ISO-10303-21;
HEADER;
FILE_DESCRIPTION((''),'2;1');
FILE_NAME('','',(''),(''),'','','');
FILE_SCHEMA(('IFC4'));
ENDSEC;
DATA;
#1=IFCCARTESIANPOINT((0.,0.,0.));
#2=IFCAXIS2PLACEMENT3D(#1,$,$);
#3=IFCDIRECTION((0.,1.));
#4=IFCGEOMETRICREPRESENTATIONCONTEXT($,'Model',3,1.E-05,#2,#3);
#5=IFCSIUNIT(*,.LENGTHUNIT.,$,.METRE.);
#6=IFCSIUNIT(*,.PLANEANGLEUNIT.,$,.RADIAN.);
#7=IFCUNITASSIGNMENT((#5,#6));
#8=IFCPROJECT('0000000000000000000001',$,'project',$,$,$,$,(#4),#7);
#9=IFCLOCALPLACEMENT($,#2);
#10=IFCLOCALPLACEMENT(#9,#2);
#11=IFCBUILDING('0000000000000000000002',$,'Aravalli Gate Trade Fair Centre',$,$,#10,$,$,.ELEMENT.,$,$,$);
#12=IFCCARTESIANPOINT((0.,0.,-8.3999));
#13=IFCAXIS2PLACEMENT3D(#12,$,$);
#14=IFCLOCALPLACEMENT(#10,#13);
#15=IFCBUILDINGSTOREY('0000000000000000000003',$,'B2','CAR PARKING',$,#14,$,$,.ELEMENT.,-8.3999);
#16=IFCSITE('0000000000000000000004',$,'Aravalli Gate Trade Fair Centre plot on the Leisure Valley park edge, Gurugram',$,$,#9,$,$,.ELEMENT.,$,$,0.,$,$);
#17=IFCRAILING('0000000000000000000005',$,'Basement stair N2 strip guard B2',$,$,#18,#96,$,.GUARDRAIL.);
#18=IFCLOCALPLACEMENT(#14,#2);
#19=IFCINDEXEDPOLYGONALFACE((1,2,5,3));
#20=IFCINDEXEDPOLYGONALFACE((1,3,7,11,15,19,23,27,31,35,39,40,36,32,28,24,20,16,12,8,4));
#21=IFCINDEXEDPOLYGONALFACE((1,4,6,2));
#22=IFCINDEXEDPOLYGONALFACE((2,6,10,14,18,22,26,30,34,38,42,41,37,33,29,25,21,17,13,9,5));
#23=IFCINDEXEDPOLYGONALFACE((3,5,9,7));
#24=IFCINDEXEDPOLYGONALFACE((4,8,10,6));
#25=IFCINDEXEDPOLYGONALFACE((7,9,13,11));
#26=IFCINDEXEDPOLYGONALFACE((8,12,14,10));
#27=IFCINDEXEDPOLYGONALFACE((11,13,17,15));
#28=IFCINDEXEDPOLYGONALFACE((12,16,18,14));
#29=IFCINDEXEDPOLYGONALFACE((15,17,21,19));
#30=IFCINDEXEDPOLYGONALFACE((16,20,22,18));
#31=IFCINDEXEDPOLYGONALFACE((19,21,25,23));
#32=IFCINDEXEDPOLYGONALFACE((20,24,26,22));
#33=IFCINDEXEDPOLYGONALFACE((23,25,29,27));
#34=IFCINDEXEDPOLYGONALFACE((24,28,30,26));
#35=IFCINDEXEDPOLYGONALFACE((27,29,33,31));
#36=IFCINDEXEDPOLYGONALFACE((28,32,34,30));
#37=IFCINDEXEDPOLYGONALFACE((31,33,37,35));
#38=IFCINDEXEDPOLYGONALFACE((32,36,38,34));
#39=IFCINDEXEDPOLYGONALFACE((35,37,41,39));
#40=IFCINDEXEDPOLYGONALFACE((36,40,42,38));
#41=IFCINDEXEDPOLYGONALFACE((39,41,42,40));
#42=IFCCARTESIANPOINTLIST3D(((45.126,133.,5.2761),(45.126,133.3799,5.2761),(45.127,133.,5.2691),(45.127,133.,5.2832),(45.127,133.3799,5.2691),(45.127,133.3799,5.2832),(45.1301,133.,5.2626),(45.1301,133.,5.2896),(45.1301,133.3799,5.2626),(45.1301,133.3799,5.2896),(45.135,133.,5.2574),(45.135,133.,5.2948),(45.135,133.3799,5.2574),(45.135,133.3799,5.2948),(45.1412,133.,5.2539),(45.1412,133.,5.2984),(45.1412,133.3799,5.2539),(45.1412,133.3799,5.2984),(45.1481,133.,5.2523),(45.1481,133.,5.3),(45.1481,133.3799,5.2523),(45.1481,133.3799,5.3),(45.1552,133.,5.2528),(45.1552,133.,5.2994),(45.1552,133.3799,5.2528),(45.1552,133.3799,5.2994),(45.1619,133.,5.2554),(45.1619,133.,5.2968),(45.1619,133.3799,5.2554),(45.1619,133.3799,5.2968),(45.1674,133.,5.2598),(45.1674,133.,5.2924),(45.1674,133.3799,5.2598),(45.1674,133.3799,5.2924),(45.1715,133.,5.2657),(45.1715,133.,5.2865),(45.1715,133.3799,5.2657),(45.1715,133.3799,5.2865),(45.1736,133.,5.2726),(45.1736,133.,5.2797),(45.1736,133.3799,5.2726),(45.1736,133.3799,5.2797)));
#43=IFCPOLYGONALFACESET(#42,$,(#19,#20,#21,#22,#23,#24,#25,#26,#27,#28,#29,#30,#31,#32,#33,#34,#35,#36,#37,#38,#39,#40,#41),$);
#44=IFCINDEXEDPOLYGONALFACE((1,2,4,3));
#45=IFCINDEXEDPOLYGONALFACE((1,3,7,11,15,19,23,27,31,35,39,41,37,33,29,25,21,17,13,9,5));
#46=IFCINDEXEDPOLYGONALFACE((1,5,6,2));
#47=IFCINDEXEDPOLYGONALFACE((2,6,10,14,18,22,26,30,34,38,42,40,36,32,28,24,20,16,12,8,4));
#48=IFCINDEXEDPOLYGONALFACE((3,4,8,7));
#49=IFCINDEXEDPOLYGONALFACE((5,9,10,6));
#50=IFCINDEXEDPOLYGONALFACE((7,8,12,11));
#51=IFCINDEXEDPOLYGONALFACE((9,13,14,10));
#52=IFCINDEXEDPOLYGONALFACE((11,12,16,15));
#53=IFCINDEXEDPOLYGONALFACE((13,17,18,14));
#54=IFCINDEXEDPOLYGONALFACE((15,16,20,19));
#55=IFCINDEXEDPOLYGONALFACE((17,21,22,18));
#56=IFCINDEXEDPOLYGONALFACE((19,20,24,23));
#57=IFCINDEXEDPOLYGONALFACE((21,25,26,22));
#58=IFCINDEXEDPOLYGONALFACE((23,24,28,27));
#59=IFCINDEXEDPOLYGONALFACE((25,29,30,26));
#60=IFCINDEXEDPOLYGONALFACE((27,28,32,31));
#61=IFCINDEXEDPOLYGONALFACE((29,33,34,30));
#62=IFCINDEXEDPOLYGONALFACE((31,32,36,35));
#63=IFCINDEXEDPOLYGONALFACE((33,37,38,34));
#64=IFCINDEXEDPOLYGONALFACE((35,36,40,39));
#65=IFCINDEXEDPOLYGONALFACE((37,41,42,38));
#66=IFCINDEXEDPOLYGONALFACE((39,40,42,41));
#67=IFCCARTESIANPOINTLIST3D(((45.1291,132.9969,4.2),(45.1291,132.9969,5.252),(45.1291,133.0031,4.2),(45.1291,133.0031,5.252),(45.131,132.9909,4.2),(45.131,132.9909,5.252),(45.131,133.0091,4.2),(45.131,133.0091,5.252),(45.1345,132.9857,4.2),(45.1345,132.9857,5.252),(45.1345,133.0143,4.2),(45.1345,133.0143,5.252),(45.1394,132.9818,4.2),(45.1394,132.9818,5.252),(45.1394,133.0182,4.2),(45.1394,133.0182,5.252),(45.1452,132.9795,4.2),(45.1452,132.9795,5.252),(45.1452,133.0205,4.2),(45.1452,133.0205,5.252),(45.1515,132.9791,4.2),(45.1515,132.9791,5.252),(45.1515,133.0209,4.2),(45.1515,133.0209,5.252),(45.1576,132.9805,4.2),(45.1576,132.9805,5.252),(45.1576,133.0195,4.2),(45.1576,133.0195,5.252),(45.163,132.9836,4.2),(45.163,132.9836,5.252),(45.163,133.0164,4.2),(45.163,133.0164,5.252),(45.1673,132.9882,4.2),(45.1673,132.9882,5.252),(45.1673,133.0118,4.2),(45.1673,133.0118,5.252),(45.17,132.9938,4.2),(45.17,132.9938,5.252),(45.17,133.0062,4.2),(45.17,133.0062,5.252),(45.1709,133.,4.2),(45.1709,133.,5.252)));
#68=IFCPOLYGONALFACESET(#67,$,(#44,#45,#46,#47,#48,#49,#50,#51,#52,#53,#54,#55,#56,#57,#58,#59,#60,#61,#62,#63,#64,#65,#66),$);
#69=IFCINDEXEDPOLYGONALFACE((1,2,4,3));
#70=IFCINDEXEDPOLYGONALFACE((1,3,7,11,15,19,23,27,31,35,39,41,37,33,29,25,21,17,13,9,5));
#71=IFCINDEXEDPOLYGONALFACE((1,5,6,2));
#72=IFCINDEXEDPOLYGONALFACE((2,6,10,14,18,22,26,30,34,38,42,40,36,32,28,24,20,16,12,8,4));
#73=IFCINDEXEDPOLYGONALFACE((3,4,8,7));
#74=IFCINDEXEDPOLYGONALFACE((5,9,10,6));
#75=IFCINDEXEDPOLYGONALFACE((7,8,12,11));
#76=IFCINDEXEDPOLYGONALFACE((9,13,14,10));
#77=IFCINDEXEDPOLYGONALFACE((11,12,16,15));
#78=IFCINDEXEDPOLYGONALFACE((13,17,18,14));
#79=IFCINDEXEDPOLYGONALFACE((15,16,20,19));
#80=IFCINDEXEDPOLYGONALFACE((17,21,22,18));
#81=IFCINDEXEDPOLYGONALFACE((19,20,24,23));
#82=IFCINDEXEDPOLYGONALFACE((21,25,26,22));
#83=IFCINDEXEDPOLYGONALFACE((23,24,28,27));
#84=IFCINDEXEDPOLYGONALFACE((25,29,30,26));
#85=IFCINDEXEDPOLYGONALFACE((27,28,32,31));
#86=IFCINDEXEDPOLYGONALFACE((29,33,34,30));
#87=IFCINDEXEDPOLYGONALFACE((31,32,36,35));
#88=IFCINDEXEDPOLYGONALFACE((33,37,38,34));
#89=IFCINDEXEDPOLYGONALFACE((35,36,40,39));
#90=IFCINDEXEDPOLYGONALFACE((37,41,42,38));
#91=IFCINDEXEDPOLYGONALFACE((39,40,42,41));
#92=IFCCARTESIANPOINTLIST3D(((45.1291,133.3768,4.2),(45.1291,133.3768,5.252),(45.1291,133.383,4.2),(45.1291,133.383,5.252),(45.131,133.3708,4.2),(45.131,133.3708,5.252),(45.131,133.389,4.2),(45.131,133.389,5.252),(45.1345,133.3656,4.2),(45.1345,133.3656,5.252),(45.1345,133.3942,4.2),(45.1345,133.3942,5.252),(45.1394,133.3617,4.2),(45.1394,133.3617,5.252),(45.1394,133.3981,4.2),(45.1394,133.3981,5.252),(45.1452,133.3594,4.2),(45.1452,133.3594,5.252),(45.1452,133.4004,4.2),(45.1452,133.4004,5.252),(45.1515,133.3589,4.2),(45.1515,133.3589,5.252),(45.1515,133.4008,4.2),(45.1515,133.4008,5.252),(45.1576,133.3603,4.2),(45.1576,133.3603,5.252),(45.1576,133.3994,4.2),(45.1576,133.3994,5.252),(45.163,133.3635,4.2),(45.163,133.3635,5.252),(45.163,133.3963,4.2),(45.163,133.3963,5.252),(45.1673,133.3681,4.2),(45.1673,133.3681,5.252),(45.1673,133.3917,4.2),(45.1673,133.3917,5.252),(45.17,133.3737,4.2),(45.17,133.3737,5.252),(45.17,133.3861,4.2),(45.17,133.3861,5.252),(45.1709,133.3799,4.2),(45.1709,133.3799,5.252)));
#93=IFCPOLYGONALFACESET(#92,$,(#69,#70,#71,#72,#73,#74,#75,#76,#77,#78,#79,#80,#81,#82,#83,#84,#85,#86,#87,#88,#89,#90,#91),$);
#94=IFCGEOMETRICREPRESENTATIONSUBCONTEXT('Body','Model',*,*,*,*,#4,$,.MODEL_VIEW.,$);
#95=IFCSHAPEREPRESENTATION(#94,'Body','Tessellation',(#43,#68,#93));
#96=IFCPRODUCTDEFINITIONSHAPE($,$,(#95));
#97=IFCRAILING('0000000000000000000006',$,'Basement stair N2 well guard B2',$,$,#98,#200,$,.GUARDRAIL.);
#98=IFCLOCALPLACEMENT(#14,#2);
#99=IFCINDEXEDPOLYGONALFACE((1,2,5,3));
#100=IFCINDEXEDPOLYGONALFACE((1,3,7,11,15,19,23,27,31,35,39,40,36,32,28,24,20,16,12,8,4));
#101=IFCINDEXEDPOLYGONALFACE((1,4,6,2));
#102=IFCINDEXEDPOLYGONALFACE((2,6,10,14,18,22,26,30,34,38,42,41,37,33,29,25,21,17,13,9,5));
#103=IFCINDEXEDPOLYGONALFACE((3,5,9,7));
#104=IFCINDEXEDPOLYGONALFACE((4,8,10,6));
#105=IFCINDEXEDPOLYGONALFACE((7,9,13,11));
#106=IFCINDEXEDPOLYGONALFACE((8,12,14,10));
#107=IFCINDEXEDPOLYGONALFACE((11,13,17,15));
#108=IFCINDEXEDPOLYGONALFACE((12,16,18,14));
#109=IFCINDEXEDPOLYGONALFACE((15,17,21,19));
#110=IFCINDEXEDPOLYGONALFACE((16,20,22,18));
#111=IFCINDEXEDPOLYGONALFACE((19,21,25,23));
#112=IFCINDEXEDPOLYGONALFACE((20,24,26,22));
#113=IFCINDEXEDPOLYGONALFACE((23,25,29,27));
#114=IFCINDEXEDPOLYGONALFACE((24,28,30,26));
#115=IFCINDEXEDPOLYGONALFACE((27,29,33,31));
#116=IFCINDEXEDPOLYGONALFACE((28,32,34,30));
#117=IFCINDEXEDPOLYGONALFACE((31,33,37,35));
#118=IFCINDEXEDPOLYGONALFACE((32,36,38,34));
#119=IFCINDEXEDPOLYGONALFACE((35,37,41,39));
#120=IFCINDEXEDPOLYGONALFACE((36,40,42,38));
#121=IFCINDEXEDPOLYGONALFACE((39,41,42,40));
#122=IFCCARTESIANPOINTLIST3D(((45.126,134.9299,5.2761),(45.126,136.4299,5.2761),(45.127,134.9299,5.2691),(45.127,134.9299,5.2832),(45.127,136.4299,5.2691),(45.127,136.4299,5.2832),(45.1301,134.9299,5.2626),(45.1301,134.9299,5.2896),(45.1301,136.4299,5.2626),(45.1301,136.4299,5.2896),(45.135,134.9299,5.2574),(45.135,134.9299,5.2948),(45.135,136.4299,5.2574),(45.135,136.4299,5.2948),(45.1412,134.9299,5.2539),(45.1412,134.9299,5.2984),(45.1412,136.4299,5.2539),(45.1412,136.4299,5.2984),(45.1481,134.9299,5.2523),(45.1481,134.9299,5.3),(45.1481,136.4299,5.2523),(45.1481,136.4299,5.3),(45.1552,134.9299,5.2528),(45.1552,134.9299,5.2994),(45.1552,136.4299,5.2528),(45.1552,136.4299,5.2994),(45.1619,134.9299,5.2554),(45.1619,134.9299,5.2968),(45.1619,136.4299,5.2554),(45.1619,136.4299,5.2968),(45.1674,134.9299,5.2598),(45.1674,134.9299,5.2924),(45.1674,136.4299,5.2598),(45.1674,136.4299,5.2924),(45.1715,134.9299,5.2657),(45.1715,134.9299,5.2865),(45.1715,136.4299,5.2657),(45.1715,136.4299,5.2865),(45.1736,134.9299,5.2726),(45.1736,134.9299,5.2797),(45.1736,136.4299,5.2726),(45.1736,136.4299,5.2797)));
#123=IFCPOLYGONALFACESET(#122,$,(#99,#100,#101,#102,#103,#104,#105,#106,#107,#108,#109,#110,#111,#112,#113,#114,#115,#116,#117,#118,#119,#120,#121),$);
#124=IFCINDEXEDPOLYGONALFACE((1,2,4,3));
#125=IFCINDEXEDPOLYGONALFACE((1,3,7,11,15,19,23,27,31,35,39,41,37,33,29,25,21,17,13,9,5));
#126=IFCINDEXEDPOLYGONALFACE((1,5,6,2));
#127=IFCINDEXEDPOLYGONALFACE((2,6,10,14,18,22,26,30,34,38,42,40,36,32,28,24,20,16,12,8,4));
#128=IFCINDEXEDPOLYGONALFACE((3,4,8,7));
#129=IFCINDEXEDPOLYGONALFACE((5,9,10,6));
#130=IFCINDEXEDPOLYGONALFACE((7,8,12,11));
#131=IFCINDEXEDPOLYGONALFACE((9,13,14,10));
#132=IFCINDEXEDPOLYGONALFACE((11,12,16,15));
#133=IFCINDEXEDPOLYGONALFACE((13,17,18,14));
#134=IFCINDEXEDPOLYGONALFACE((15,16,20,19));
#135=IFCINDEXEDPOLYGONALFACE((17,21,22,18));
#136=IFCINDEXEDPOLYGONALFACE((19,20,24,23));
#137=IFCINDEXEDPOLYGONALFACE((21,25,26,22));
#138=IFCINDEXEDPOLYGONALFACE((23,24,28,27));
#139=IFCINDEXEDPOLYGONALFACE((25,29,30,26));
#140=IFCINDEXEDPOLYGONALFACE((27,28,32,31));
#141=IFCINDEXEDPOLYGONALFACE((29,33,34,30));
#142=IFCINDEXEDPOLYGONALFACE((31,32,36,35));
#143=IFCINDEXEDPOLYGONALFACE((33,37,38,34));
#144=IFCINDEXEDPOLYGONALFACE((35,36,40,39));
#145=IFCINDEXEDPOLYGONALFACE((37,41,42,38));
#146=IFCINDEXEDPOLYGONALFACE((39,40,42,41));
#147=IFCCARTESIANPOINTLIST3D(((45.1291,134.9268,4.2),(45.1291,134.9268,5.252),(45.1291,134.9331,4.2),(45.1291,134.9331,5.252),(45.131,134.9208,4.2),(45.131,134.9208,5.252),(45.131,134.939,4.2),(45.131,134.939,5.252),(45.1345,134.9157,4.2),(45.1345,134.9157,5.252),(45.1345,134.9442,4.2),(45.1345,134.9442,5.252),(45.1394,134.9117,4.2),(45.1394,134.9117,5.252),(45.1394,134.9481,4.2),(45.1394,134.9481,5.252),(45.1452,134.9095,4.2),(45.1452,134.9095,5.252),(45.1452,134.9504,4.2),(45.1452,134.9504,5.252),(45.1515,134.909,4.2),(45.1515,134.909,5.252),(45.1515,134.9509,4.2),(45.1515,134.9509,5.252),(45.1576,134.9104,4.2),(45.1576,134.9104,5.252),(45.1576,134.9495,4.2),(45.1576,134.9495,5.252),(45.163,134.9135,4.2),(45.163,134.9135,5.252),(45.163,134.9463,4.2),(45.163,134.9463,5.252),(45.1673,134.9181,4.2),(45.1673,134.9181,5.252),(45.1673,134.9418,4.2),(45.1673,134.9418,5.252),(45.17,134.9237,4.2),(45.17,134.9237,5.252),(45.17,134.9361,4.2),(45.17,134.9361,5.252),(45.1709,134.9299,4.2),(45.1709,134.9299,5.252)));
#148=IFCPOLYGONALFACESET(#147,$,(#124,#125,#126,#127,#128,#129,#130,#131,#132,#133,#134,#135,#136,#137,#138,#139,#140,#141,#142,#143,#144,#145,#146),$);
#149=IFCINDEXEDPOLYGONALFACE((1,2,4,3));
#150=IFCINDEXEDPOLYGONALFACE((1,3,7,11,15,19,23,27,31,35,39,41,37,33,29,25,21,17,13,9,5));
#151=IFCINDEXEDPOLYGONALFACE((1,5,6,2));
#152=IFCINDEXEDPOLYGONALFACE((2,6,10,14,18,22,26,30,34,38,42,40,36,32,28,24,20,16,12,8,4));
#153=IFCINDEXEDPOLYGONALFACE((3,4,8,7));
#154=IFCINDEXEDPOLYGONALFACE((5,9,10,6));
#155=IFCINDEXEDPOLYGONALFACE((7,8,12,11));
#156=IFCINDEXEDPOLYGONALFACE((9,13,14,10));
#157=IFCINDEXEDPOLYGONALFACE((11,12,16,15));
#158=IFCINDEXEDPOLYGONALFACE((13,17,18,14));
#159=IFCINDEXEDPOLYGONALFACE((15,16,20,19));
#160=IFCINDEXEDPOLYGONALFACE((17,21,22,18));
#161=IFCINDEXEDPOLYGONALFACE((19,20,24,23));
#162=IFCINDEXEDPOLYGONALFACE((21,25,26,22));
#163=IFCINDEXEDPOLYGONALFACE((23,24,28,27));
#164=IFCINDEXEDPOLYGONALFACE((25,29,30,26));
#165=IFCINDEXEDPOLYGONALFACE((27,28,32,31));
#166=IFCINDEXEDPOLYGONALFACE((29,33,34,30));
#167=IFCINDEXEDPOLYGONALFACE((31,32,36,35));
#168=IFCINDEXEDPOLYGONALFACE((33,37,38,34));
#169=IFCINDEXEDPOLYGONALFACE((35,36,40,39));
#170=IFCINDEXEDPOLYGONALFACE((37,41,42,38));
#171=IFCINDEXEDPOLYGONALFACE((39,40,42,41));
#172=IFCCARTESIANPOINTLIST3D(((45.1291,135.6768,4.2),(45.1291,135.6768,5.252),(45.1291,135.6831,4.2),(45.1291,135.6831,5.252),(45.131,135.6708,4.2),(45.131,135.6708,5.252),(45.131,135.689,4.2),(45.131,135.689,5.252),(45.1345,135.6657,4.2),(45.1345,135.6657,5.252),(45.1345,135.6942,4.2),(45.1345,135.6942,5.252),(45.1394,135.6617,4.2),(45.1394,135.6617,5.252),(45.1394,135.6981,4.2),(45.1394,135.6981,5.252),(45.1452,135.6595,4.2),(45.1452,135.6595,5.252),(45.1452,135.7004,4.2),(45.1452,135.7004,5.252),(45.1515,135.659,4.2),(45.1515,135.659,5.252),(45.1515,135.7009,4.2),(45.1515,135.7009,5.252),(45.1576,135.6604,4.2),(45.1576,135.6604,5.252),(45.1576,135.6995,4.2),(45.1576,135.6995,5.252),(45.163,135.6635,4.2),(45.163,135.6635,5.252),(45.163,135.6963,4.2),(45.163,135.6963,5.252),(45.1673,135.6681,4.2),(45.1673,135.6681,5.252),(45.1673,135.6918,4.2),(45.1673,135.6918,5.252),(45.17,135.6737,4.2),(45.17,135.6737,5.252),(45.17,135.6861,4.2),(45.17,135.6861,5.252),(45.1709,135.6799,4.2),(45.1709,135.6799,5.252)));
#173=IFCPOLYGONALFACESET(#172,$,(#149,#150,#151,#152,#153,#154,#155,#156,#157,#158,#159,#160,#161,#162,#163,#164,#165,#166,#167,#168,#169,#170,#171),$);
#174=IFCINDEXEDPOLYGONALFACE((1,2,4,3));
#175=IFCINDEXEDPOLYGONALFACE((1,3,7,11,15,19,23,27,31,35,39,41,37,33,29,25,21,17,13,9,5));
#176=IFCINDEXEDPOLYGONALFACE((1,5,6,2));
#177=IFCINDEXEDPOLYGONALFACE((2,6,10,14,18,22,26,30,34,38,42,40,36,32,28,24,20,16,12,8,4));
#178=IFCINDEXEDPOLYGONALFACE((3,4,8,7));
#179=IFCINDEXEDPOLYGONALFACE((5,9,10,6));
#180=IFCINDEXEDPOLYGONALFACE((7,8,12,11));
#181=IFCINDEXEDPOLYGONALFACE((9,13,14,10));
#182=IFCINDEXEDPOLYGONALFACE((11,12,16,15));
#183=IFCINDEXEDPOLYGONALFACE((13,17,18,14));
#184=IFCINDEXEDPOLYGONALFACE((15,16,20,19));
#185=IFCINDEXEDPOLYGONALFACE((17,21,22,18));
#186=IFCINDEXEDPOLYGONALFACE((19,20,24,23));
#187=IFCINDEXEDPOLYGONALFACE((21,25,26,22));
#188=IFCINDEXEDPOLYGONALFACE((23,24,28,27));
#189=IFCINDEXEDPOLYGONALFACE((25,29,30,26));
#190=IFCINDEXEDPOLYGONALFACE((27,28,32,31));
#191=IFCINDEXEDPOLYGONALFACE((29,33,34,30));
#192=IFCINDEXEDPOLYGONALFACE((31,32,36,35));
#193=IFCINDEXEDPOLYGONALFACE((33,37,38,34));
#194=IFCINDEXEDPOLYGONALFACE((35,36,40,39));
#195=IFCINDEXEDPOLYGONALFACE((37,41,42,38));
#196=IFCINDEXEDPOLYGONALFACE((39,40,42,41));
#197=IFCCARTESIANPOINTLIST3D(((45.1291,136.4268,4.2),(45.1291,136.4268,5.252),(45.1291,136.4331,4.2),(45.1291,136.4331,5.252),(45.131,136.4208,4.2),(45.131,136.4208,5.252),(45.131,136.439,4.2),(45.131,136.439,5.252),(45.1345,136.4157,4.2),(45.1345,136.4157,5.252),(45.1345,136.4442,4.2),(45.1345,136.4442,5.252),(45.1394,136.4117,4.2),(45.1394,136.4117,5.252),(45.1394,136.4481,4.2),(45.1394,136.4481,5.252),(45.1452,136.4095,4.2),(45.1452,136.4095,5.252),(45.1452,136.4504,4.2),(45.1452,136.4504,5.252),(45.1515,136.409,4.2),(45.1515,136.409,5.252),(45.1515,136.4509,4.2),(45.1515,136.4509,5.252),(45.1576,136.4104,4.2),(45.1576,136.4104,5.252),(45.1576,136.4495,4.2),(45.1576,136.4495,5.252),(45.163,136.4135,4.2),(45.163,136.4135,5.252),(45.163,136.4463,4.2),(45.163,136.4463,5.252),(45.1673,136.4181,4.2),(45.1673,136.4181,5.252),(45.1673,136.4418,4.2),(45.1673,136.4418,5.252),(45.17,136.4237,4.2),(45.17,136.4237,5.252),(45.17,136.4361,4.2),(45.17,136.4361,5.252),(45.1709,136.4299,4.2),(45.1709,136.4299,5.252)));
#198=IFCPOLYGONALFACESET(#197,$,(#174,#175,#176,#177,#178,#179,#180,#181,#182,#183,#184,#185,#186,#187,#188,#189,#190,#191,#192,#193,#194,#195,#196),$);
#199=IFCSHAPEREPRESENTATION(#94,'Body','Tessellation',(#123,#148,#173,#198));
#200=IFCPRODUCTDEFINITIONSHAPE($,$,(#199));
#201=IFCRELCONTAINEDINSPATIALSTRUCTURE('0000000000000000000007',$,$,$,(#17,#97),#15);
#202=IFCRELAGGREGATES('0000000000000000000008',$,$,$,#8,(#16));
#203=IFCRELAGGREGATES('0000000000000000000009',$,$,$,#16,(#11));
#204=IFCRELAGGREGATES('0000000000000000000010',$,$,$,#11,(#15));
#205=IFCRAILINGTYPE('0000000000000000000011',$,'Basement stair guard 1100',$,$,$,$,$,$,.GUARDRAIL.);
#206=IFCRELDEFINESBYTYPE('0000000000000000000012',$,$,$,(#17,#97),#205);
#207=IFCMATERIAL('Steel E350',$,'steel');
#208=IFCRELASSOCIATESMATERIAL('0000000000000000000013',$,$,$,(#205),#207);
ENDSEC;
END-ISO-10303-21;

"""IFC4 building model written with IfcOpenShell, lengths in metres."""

from ifc_helpers import new_model, si_unit, direction, frame, origin, origin_2d, place, context, subcontext, project, spatial, circle, extrude, material, type_object, element, save


model = new_model("IFC4")

# Units and contexts
model_context = context("Model", 3, precision=1e-05, world=origin(), true_north=direction((0.0, 1.0)))
body_context = subcontext(model_context, "Body", "Model", "MODEL_VIEW")
ifc_project = project(units=[si_unit("LENGTHUNIT", "METRE"), si_unit("PLANEANGLEUNIT", "RADIAN")], contexts=[model_context])

# Site, building, storey
site_placement = place(None, origin())
site = spatial("IfcSite", under=ifc_project, at=site_placement, Name="Aravalli Gate Trade Fair Centre plot on the Leisure Valley park edge, Gurugram", CompositionType="ELEMENT", RefElevation=0.0)
building_placement = place(site_placement, origin())
building = spatial("IfcBuilding", under=site, at=building_placement, Name="Aravalli Gate Trade Fair Centre", CompositionType="ELEMENT")
storey_placement = place(building_placement, frame((0.0, 0.0, -8.3999)))
storey = spatial("IfcBuildingStorey", under=building, at=storey_placement, Name="B2", Description="CAR PARKING", CompositionType="ELEMENT", Elevation=-8.3999)

# Railings
ifc_material_1 = material(Name="Steel E350", Category="steel")
railing_type_1 = type_object("IfcRailingType", Name="Basement stair guard 1100", PredefinedType="GUARDRAIL", material=ifc_material_1)
railing_1_placement = place(storey_placement, frame((45.1499, 133.0, 4.2)))
element("IfcRailing", 1, at=railing_1_placement, inside=storey, type_object=railing_type_1, Name="Basement stair N2 strip guard B2", PredefinedType="GUARDRAIL", context=body_context, shape_type="SweptSolid", body=[
    extrude(circle(Radius=0.0239, at=origin_2d()), frame((0.0, 0.0, 1.0762), z_axis=(0.0, 1.0, 0.0), x_axis=(-1.0, 0.0, 0.0)), (0.0, 0.0, 1.0), 0.3799),
    extrude(circle(Radius=0.021, at=origin_2d()), origin(), (0.0, 0.0, 1.0), 1.052),
    extrude(circle(Radius=0.021, at=origin_2d()), frame((0.0, 0.3799, 0.0)), (0.0, 0.0, 1.0), 1.052),
])
railing_2_placement = place(storey_placement, frame((45.1499, 134.9299, 4.2)))
element("IfcRailing", 2, at=railing_2_placement, inside=storey, type_object=railing_type_1, Name="Basement stair N2 well guard B2", PredefinedType="GUARDRAIL", context=body_context, shape_type="SweptSolid", body=[
    extrude(circle(Radius=0.0239, at=origin_2d()), frame((0.0, 0.0, 1.0762), z_axis=(0.0, 1.0, 0.0), x_axis=(-1.0, 0.0, 0.0)), (0.0, 0.0, 1.0), 1.5),
    extrude(circle(Radius=0.021, at=origin_2d()), origin(), (0.0, 0.0, 1.0), 1.052),
    extrude(circle(Radius=0.021, at=origin_2d()), frame((0.0, 0.75, 0.0)), (0.0, 0.0, 1.0), 1.052),
    extrude(circle(Radius=0.021, at=origin_2d()), frame((0.0, 1.5, 0.0)), (0.0, 0.0, 1.0), 1.052),
])

save(model, "model.ifc")
